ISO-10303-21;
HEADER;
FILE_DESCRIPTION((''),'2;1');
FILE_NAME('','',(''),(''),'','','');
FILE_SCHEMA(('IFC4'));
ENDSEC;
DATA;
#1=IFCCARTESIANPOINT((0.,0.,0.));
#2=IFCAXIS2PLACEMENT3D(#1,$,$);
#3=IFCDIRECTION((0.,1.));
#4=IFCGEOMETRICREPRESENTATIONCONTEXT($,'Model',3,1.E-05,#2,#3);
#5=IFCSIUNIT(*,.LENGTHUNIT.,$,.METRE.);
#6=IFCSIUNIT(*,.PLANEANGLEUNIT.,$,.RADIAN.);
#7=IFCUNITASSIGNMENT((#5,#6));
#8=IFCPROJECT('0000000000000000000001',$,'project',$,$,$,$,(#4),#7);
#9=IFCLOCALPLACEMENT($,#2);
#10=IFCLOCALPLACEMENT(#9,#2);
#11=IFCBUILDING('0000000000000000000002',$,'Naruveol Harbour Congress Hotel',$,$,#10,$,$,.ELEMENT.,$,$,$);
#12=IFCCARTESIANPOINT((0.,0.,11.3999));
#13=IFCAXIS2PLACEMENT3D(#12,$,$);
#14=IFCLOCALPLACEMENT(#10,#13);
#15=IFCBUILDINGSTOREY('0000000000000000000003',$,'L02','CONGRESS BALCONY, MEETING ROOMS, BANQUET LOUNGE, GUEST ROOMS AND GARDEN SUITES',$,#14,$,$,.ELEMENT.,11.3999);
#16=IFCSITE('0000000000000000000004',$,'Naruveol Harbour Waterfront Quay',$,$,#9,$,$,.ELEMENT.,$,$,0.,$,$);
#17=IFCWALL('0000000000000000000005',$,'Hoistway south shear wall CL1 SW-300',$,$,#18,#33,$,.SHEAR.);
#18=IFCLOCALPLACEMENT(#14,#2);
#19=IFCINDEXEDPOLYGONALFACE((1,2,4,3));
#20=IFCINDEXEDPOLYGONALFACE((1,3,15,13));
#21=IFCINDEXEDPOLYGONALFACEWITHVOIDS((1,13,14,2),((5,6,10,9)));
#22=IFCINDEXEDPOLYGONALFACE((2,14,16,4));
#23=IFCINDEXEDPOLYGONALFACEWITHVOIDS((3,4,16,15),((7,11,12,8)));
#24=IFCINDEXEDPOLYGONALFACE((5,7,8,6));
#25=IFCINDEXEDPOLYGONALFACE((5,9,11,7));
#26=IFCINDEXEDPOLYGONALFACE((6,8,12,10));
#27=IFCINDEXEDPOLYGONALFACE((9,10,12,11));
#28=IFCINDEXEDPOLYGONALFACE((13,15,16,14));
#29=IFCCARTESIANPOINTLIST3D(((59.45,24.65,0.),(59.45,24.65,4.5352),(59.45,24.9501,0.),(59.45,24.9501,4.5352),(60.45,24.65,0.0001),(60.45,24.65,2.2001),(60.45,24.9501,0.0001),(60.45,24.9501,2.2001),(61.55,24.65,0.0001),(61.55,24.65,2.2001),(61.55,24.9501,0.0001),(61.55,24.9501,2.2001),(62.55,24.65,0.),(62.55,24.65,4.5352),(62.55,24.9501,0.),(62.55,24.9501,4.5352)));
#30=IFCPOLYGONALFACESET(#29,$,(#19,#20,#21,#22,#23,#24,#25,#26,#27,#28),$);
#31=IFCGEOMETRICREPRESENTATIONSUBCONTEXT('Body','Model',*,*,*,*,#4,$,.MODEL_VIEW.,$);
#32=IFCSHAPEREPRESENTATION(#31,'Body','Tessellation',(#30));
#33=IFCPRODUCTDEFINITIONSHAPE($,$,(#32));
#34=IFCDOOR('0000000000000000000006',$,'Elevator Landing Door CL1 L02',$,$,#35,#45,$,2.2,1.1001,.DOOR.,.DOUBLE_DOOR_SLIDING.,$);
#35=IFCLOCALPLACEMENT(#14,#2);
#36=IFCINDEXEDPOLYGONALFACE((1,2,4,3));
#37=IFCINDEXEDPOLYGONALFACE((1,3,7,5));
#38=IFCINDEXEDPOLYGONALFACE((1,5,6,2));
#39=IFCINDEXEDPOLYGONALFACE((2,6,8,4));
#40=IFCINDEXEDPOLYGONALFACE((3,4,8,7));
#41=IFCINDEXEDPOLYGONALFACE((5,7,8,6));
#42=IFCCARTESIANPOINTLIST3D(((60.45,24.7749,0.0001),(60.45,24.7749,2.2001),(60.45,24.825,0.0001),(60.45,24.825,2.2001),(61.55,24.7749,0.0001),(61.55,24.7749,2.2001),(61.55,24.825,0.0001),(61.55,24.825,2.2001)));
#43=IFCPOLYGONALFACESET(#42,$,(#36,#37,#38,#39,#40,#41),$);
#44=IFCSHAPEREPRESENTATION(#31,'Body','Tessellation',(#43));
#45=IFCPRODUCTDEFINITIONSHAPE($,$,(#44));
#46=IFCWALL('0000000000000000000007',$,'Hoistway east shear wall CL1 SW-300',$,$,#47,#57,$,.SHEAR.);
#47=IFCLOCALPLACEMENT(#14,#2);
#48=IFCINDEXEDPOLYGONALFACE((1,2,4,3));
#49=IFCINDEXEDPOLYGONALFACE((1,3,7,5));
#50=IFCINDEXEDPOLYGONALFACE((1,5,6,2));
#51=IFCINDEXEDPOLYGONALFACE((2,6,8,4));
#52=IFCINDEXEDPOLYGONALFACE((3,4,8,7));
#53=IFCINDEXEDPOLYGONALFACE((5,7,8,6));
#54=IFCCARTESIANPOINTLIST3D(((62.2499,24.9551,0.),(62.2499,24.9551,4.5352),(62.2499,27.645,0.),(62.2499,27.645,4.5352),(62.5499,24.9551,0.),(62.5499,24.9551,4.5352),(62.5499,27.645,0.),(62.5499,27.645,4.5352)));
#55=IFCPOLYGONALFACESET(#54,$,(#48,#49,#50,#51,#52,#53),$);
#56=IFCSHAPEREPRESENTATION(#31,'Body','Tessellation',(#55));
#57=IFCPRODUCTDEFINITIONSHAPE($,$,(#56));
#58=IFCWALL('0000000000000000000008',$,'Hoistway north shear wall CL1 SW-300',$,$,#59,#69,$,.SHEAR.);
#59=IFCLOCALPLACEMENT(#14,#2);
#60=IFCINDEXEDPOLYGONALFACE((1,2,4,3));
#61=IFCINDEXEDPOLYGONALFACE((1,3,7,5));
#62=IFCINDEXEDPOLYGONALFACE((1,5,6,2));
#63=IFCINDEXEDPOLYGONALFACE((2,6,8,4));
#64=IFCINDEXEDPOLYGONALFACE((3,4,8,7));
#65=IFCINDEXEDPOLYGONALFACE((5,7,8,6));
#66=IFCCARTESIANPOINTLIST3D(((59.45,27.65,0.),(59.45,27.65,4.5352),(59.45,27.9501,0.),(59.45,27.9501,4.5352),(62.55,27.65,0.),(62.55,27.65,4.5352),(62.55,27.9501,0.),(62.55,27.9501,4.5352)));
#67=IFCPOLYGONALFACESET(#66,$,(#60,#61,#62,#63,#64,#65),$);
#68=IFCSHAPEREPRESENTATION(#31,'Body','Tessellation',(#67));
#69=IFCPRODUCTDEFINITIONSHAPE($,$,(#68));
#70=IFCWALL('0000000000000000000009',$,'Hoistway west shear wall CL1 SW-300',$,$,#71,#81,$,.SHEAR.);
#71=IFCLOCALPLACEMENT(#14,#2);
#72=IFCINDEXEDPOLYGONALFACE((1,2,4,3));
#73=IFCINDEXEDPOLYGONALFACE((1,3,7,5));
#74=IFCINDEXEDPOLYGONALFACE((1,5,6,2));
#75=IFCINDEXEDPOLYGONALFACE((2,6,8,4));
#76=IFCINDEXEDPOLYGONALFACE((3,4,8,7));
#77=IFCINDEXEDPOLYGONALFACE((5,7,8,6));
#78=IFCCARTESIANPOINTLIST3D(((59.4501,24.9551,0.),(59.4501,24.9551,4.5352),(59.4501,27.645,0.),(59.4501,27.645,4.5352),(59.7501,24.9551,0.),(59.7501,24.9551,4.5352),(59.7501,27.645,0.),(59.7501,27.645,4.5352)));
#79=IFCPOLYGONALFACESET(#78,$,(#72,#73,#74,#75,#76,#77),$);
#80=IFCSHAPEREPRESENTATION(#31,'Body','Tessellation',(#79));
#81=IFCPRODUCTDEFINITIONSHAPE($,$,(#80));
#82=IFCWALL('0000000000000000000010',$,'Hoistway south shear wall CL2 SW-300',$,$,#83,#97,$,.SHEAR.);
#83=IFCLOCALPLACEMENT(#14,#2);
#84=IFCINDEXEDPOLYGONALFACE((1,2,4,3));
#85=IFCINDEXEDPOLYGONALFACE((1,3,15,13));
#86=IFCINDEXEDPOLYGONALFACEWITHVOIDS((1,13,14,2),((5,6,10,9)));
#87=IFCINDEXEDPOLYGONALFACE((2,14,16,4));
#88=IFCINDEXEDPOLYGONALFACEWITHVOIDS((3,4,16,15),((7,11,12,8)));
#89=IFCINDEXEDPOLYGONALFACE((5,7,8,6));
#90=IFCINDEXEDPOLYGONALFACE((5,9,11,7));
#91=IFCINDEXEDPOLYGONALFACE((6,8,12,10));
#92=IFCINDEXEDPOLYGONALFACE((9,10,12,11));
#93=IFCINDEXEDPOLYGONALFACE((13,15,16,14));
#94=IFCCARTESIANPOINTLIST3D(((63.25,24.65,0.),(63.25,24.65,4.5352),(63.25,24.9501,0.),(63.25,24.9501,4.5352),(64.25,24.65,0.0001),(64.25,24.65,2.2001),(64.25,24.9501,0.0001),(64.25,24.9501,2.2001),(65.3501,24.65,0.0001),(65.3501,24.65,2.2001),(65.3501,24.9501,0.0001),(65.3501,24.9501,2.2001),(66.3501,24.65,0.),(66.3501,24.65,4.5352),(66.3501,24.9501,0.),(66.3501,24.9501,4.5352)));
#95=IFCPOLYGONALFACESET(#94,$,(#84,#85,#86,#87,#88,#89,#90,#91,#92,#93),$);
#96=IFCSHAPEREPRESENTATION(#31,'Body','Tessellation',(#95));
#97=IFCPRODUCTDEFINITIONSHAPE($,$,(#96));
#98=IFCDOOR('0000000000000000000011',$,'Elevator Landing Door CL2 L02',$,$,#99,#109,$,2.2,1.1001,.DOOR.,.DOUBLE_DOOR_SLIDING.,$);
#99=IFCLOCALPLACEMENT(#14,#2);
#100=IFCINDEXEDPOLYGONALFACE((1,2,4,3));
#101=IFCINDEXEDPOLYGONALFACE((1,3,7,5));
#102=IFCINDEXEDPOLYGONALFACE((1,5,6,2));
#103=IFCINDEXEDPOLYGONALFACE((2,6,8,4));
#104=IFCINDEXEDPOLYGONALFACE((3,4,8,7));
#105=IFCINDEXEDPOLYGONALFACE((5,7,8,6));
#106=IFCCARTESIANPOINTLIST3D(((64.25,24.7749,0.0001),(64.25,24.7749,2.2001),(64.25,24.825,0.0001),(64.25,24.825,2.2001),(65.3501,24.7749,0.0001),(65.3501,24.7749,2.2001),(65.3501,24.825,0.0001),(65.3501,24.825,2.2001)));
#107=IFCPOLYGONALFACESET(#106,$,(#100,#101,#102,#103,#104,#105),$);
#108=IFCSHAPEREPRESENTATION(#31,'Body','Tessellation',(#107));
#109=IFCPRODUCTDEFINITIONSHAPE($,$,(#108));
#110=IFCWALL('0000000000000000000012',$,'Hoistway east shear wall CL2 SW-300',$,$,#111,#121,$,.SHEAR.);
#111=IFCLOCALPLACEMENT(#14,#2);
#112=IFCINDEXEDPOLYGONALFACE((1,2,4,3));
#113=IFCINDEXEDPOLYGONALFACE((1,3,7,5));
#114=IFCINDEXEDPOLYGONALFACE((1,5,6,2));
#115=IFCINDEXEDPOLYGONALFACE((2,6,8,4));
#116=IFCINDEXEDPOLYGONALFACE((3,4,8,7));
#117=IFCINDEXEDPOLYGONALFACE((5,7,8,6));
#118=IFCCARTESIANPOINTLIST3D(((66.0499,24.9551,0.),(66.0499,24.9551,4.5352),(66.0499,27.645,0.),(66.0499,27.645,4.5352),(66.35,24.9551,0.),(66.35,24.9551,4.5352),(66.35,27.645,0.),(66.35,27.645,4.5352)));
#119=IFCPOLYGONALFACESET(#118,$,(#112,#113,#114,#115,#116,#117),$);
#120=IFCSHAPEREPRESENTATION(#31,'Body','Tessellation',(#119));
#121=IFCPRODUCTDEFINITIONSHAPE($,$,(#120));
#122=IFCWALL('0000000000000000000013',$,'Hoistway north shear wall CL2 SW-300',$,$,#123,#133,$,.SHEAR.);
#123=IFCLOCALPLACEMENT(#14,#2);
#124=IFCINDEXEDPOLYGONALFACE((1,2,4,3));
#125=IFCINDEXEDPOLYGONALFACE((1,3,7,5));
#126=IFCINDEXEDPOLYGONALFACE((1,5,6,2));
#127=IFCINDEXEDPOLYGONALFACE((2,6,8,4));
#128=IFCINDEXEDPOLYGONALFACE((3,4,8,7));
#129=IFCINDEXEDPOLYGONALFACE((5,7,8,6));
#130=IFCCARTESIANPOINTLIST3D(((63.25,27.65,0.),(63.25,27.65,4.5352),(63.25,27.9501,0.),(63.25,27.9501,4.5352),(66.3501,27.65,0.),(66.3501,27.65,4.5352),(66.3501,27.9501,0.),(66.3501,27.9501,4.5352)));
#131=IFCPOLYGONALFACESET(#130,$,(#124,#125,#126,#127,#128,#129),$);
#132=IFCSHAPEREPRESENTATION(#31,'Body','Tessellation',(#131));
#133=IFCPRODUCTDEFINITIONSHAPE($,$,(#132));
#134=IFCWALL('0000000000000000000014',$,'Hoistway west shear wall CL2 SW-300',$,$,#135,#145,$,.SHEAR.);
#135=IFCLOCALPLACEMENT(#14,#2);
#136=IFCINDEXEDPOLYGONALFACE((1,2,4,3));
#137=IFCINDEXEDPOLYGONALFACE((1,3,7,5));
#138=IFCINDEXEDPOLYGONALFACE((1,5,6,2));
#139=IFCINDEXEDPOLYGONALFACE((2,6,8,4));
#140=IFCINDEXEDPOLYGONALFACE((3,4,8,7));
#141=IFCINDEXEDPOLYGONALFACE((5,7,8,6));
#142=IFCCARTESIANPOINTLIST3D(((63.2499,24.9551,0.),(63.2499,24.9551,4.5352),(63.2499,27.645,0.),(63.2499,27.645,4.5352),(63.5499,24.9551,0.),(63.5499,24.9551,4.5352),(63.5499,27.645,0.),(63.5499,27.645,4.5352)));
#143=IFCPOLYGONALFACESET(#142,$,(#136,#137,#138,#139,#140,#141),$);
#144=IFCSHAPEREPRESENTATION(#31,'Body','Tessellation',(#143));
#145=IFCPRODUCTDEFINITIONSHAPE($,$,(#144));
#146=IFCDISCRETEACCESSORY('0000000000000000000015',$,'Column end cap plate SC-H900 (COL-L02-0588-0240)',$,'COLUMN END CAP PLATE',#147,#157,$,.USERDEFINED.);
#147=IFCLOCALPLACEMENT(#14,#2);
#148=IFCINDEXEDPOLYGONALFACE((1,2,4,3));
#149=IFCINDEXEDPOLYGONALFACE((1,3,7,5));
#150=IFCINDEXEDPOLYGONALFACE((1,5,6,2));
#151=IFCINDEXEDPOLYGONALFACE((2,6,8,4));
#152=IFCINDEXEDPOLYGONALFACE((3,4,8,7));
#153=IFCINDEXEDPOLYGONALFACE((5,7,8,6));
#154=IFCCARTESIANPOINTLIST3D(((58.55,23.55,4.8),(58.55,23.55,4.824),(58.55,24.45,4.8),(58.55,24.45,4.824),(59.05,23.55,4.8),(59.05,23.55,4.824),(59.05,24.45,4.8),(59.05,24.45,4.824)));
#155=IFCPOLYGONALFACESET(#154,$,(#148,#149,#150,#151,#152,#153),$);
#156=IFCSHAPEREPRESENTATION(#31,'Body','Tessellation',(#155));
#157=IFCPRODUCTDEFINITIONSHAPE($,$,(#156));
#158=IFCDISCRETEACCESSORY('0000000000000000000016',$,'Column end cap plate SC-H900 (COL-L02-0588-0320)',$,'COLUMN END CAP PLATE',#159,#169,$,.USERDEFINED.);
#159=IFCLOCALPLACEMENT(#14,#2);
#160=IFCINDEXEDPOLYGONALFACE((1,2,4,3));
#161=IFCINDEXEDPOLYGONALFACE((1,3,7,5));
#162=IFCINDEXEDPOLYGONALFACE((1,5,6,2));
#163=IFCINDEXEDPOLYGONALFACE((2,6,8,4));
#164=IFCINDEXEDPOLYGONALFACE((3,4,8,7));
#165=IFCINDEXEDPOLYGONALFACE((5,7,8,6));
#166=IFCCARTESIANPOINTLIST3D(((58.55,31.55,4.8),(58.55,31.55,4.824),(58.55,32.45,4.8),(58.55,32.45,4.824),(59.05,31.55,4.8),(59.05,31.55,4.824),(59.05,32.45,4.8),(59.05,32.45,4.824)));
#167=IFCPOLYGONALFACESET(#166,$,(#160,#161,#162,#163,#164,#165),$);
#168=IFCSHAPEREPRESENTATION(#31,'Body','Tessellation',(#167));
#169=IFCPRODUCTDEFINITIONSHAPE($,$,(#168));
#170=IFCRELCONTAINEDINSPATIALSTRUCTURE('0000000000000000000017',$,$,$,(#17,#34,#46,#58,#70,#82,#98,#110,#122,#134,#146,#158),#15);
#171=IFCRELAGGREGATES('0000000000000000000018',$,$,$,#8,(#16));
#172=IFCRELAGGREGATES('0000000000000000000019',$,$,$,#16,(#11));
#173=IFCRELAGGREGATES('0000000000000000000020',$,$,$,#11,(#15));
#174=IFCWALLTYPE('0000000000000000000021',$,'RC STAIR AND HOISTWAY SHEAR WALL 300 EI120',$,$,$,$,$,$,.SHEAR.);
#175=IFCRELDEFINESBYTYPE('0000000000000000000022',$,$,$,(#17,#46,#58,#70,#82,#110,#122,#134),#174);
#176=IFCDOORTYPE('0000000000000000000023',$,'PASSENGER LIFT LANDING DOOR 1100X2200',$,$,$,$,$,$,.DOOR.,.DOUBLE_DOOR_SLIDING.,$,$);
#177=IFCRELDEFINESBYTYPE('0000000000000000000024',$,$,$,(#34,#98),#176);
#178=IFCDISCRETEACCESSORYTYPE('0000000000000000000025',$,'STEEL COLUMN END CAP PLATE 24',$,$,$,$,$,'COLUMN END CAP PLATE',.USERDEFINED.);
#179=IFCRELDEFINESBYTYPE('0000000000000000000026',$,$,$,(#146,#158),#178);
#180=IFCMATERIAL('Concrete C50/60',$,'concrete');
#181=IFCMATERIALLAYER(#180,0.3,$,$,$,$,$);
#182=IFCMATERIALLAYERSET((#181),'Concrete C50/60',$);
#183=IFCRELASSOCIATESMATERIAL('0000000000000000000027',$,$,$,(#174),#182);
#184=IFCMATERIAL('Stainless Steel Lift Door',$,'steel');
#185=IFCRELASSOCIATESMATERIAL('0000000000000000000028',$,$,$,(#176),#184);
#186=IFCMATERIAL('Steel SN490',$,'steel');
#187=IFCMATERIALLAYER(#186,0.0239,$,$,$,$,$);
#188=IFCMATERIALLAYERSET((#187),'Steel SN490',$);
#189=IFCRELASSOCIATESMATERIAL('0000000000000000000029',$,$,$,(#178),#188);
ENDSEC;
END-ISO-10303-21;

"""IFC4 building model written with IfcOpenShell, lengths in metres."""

from ifc_helpers import new_model, si_unit, direction, frame, frame_2d, origin, origin_2d, place, context, subcontext, project, spatial, rectangle, extrude, material, layer, layer_set, type_object, element, fill, save


model = new_model("IFC4")

# Units and contexts
model_context = context("Model", 3, precision=1e-05, world=origin(), true_north=direction((0.0, 1.0)))
body_context = subcontext(model_context, "Body", "Model", "MODEL_VIEW")
ifc_project = project(units=[si_unit("LENGTHUNIT", "METRE"), si_unit("PLANEANGLEUNIT", "RADIAN")], contexts=[model_context])

# Site, building, storey
site_placement = place(None, origin())
site = spatial("IfcSite", under=ifc_project, at=site_placement, Name="Naruveol Harbour Waterfront Quay", CompositionType="ELEMENT", RefElevation=0.0)
building_placement = place(site_placement, origin())
building = spatial("IfcBuilding", under=site, at=building_placement, Name="Naruveol Harbour Congress Hotel", CompositionType="ELEMENT")
storey_placement = place(building_placement, frame((0.0, 0.0, 11.3999)))
storey = spatial("IfcBuildingStorey", under=building, at=storey_placement, Name="L02", Description="CONGRESS BALCONY, MEETING ROOMS, BANQUET LOUNGE, GUEST ROOMS AND GARDEN SUITES", CompositionType="ELEMENT", Elevation=11.3999)

# Wall, opening, door
ifc_material_1 = material(Name="Concrete C50/60", Category="concrete")
ifc_layer_1 = layer(ifc_material_1, 0.3)
ifc_layer_set_1 = layer_set([ifc_layer_1], Name="Concrete C50/60")
wall_type_1 = type_object("IfcWallType", Name="RC STAIR AND HOISTWAY SHEAR WALL 300 EI120", PredefinedType="SHEAR", material=ifc_layer_set_1)
wall_1_placement = place(storey_placement, frame((59.45, 24.8, 0.0), z_axis=(0.0, 0.0, 1.0), x_axis=(1.0, 0.0, 0.0)))
wall_1 = element("IfcWall", 1, at=wall_1_placement, inside=storey, type_object=wall_type_1, Name="Hoistway south shear wall CL1 SW-300", PredefinedType="SHEAR", context=body_context, shape_type="SweptSolid", body=[
    extrude(rectangle(XDim=3.1001, YDim=0.3, at=frame_2d((1.55, 0.0))), origin(), (0.0, 0.0, 1.0), 4.5352),
])
opening_1_placement = place(wall_1_placement, frame((1.0, 0.0, 0.0)))
opening_1 = element("IfcOpeningElement", 2, at=opening_1_placement, cuts=wall_1, PredefinedType="OPENING", context=body_context, shape_type="SweptSolid", body=[
    extrude(rectangle(XDim=1.1001, YDim=2.2, at=frame_2d((0.55, 1.1001))), frame((0.0, 0.1599, 0.0), z_axis=(0.0, -1.0, 0.0), x_axis=(1.0, 0.0, 0.0)), (0.0, 0.0, 1.0), 0.3201),
])
ifc_material_2 = material(Name="Stainless Steel Lift Door", Category="steel")
door_type_1 = type_object("IfcDoorType", Name="PASSENGER LIFT LANDING DOOR 1100X2200", OperationType="DOUBLE_DOOR_SLIDING", PredefinedType="DOOR", material=ifc_material_2)
door_1_placement = place(opening_1_placement, origin())
door_1 = element("IfcDoor", 3, at=door_1_placement, inside=storey, type_object=door_type_1, Name="Elevator Landing Door CL1 L02", OperationType="DOUBLE_DOOR_SLIDING", OverallHeight=2.2, OverallWidth=1.1001, PredefinedType="DOOR", context=body_context, shape_type="SweptSolid", body=[
    extrude(rectangle(XDim=1.1001, YDim=2.2, at=frame_2d((0.55, 1.1001))), frame((0.0, 0.0249, 0.0), z_axis=(0.0, -1.0, 0.0), x_axis=(1.0, 0.0, 0.0)), (0.0, 0.0, 1.0), 0.05),
])
fill(opening_1, door_1)

# Walls
wall_2_placement = place(storey_placement, frame((62.3999, 24.9551, 0.0), z_axis=(0.0, 0.0, 1.0), x_axis=(0.0, 1.0, 0.0)))
element("IfcWall", 4, at=wall_2_placement, inside=storey, type_object=wall_type_1, Name="Hoistway east shear wall CL1 SW-300", PredefinedType="SHEAR", context=body_context, shape_type="SweptSolid", body=[
    extrude(rectangle(XDim=2.6899, YDim=0.3, at=frame_2d((1.345, 0.0))), origin(), (0.0, 0.0, 1.0), 4.5352),
])
wall_3_placement = place(storey_placement, frame((62.55, 27.8, 0.0), z_axis=(0.0, 0.0, 1.0), x_axis=(-1.0, 0.0, 0.0)))
element("IfcWall", 5, at=wall_3_placement, inside=storey, type_object=wall_type_1, Name="Hoistway north shear wall CL1 SW-300", PredefinedType="SHEAR", context=body_context, shape_type="SweptSolid", body=[
    extrude(rectangle(XDim=3.1001, YDim=0.3, at=frame_2d((1.55, 0.0))), origin(), (0.0, 0.0, 1.0), 4.5352),
])
wall_4_placement = place(storey_placement, frame((59.6001, 27.645, 0.0), z_axis=(0.0, 0.0, 1.0), x_axis=(0.0, -1.0, 0.0)))
element("IfcWall", 6, at=wall_4_placement, inside=storey, type_object=wall_type_1, Name="Hoistway west shear wall CL1 SW-300", PredefinedType="SHEAR", context=body_context, shape_type="SweptSolid", body=[
    extrude(rectangle(XDim=2.6899, YDim=0.3, at=frame_2d((1.345, 0.0))), origin(), (0.0, 0.0, 1.0), 4.5352),
])

# Wall, opening, door
wall_5_placement = place(storey_placement, frame((63.25, 24.8, 0.0), z_axis=(0.0, 0.0, 1.0), x_axis=(1.0, 0.0, 0.0)))
wall_5 = element("IfcWall", 7, at=wall_5_placement, inside=storey, type_object=wall_type_1, Name="Hoistway south shear wall CL2 SW-300", PredefinedType="SHEAR", context=body_context, shape_type="SweptSolid", body=[
    extrude(rectangle(XDim=3.1001, YDim=0.3, at=frame_2d((1.55, 0.0))), origin(), (0.0, 0.0, 1.0), 4.5352),
])
opening_2_placement = place(wall_5_placement, frame((1.0, 0.0, 0.0)))
opening_2 = element("IfcOpeningElement", 8, at=opening_2_placement, cuts=wall_5, PredefinedType="OPENING", context=body_context, shape_type="SweptSolid", body=[
    extrude(rectangle(XDim=1.1001, YDim=2.2, at=frame_2d((0.55, 1.1001))), frame((0.0, 0.1599, 0.0), z_axis=(0.0, -1.0, 0.0), x_axis=(1.0, 0.0, 0.0)), (0.0, 0.0, 1.0), 0.3201),
])
door_2_placement = place(opening_2_placement, origin())
door_2 = element("IfcDoor", 9, at=door_2_placement, inside=storey, type_object=door_type_1, Name="Elevator Landing Door CL2 L02", OperationType="DOUBLE_DOOR_SLIDING", OverallHeight=2.2, OverallWidth=1.1001, PredefinedType="DOOR", context=body_context, shape_type="SweptSolid", body=[
    extrude(rectangle(XDim=1.1001, YDim=2.2, at=frame_2d((0.55, 1.1001))), frame((0.0, 0.0249, 0.0), z_axis=(0.0, -1.0, 0.0), x_axis=(1.0, 0.0, 0.0)), (0.0, 0.0, 1.0), 0.05),
])
fill(opening_2, door_2)

# Walls
wall_6_placement = place(storey_placement, frame((66.2, 24.9551, 0.0), z_axis=(0.0, 0.0, 1.0), x_axis=(0.0, 1.0, 0.0)))
element("IfcWall", 10, at=wall_6_placement, inside=storey, type_object=wall_type_1, Name="Hoistway east shear wall CL2 SW-300", PredefinedType="SHEAR", context=body_context, shape_type="SweptSolid", body=[
    extrude(rectangle(XDim=2.6899, YDim=0.3, at=frame_2d((1.345, 0.0))), origin(), (0.0, 0.0, 1.0), 4.5352),
])
wall_7_placement = place(storey_placement, frame((66.3501, 27.8, 0.0), z_axis=(0.0, 0.0, 1.0), x_axis=(-1.0, 0.0, 0.0)))
element("IfcWall", 11, at=wall_7_placement, inside=storey, type_object=wall_type_1, Name="Hoistway north shear wall CL2 SW-300", PredefinedType="SHEAR", context=body_context, shape_type="SweptSolid", body=[
    extrude(rectangle(XDim=3.1001, YDim=0.3, at=frame_2d((1.55, 0.0))), origin(), (0.0, 0.0, 1.0), 4.5352),
])
wall_8_placement = place(storey_placement, frame((63.3999, 27.645, 0.0), z_axis=(0.0, 0.0, 1.0), x_axis=(0.0, -1.0, 0.0)))
element("IfcWall", 12, at=wall_8_placement, inside=storey, type_object=wall_type_1, Name="Hoistway west shear wall CL2 SW-300", PredefinedType="SHEAR", context=body_context, shape_type="SweptSolid", body=[
    extrude(rectangle(XDim=2.6899, YDim=0.3, at=frame_2d((1.345, 0.0))), origin(), (0.0, 0.0, 1.0), 4.5352),
])

# Discrete accessories
ifc_material_3 = material(Name="Steel SN490", Category="steel")
ifc_layer_2 = layer(ifc_material_3, 0.0239)
ifc_layer_set_2 = layer_set([ifc_layer_2], Name="Steel SN490")
discrete_accessory_type = type_object("IfcDiscreteAccessoryType", Name="STEEL COLUMN END CAP PLATE 24", ElementType="COLUMN END CAP PLATE", PredefinedType="USERDEFINED", material=ifc_layer_set_2)
for number, where, z_axis, x_axis, name in (
    (13, (58.8, 24.0, 4.8), (0.0, 0.0, 1.0), (1.0, 0.0, 0.0), "Column end cap plate SC-H900 (COL-L02-0588-0240)"),
    (14, (58.8, 32.0, 4.8), (0.0, 0.0, 1.0), (1.0, 0.0, 0.0), "Column end cap plate SC-H900 (COL-L02-0588-0320)"),
):
    element("IfcDiscreteAccessory", number, at=place(storey_placement, frame(where, z_axis=z_axis, x_axis=x_axis)), inside=storey, type_object=discrete_accessory_type, Name=name, ObjectType="COLUMN END CAP PLATE", PredefinedType="USERDEFINED", context=body_context, shape_type="SweptSolid", body=[
        extrude(rectangle(XDim=0.5, YDim=0.8999, at=origin_2d()), origin(), (0.0, 0.0, 1.0), 0.0239),
    ])

save(model, "model.ifc")
